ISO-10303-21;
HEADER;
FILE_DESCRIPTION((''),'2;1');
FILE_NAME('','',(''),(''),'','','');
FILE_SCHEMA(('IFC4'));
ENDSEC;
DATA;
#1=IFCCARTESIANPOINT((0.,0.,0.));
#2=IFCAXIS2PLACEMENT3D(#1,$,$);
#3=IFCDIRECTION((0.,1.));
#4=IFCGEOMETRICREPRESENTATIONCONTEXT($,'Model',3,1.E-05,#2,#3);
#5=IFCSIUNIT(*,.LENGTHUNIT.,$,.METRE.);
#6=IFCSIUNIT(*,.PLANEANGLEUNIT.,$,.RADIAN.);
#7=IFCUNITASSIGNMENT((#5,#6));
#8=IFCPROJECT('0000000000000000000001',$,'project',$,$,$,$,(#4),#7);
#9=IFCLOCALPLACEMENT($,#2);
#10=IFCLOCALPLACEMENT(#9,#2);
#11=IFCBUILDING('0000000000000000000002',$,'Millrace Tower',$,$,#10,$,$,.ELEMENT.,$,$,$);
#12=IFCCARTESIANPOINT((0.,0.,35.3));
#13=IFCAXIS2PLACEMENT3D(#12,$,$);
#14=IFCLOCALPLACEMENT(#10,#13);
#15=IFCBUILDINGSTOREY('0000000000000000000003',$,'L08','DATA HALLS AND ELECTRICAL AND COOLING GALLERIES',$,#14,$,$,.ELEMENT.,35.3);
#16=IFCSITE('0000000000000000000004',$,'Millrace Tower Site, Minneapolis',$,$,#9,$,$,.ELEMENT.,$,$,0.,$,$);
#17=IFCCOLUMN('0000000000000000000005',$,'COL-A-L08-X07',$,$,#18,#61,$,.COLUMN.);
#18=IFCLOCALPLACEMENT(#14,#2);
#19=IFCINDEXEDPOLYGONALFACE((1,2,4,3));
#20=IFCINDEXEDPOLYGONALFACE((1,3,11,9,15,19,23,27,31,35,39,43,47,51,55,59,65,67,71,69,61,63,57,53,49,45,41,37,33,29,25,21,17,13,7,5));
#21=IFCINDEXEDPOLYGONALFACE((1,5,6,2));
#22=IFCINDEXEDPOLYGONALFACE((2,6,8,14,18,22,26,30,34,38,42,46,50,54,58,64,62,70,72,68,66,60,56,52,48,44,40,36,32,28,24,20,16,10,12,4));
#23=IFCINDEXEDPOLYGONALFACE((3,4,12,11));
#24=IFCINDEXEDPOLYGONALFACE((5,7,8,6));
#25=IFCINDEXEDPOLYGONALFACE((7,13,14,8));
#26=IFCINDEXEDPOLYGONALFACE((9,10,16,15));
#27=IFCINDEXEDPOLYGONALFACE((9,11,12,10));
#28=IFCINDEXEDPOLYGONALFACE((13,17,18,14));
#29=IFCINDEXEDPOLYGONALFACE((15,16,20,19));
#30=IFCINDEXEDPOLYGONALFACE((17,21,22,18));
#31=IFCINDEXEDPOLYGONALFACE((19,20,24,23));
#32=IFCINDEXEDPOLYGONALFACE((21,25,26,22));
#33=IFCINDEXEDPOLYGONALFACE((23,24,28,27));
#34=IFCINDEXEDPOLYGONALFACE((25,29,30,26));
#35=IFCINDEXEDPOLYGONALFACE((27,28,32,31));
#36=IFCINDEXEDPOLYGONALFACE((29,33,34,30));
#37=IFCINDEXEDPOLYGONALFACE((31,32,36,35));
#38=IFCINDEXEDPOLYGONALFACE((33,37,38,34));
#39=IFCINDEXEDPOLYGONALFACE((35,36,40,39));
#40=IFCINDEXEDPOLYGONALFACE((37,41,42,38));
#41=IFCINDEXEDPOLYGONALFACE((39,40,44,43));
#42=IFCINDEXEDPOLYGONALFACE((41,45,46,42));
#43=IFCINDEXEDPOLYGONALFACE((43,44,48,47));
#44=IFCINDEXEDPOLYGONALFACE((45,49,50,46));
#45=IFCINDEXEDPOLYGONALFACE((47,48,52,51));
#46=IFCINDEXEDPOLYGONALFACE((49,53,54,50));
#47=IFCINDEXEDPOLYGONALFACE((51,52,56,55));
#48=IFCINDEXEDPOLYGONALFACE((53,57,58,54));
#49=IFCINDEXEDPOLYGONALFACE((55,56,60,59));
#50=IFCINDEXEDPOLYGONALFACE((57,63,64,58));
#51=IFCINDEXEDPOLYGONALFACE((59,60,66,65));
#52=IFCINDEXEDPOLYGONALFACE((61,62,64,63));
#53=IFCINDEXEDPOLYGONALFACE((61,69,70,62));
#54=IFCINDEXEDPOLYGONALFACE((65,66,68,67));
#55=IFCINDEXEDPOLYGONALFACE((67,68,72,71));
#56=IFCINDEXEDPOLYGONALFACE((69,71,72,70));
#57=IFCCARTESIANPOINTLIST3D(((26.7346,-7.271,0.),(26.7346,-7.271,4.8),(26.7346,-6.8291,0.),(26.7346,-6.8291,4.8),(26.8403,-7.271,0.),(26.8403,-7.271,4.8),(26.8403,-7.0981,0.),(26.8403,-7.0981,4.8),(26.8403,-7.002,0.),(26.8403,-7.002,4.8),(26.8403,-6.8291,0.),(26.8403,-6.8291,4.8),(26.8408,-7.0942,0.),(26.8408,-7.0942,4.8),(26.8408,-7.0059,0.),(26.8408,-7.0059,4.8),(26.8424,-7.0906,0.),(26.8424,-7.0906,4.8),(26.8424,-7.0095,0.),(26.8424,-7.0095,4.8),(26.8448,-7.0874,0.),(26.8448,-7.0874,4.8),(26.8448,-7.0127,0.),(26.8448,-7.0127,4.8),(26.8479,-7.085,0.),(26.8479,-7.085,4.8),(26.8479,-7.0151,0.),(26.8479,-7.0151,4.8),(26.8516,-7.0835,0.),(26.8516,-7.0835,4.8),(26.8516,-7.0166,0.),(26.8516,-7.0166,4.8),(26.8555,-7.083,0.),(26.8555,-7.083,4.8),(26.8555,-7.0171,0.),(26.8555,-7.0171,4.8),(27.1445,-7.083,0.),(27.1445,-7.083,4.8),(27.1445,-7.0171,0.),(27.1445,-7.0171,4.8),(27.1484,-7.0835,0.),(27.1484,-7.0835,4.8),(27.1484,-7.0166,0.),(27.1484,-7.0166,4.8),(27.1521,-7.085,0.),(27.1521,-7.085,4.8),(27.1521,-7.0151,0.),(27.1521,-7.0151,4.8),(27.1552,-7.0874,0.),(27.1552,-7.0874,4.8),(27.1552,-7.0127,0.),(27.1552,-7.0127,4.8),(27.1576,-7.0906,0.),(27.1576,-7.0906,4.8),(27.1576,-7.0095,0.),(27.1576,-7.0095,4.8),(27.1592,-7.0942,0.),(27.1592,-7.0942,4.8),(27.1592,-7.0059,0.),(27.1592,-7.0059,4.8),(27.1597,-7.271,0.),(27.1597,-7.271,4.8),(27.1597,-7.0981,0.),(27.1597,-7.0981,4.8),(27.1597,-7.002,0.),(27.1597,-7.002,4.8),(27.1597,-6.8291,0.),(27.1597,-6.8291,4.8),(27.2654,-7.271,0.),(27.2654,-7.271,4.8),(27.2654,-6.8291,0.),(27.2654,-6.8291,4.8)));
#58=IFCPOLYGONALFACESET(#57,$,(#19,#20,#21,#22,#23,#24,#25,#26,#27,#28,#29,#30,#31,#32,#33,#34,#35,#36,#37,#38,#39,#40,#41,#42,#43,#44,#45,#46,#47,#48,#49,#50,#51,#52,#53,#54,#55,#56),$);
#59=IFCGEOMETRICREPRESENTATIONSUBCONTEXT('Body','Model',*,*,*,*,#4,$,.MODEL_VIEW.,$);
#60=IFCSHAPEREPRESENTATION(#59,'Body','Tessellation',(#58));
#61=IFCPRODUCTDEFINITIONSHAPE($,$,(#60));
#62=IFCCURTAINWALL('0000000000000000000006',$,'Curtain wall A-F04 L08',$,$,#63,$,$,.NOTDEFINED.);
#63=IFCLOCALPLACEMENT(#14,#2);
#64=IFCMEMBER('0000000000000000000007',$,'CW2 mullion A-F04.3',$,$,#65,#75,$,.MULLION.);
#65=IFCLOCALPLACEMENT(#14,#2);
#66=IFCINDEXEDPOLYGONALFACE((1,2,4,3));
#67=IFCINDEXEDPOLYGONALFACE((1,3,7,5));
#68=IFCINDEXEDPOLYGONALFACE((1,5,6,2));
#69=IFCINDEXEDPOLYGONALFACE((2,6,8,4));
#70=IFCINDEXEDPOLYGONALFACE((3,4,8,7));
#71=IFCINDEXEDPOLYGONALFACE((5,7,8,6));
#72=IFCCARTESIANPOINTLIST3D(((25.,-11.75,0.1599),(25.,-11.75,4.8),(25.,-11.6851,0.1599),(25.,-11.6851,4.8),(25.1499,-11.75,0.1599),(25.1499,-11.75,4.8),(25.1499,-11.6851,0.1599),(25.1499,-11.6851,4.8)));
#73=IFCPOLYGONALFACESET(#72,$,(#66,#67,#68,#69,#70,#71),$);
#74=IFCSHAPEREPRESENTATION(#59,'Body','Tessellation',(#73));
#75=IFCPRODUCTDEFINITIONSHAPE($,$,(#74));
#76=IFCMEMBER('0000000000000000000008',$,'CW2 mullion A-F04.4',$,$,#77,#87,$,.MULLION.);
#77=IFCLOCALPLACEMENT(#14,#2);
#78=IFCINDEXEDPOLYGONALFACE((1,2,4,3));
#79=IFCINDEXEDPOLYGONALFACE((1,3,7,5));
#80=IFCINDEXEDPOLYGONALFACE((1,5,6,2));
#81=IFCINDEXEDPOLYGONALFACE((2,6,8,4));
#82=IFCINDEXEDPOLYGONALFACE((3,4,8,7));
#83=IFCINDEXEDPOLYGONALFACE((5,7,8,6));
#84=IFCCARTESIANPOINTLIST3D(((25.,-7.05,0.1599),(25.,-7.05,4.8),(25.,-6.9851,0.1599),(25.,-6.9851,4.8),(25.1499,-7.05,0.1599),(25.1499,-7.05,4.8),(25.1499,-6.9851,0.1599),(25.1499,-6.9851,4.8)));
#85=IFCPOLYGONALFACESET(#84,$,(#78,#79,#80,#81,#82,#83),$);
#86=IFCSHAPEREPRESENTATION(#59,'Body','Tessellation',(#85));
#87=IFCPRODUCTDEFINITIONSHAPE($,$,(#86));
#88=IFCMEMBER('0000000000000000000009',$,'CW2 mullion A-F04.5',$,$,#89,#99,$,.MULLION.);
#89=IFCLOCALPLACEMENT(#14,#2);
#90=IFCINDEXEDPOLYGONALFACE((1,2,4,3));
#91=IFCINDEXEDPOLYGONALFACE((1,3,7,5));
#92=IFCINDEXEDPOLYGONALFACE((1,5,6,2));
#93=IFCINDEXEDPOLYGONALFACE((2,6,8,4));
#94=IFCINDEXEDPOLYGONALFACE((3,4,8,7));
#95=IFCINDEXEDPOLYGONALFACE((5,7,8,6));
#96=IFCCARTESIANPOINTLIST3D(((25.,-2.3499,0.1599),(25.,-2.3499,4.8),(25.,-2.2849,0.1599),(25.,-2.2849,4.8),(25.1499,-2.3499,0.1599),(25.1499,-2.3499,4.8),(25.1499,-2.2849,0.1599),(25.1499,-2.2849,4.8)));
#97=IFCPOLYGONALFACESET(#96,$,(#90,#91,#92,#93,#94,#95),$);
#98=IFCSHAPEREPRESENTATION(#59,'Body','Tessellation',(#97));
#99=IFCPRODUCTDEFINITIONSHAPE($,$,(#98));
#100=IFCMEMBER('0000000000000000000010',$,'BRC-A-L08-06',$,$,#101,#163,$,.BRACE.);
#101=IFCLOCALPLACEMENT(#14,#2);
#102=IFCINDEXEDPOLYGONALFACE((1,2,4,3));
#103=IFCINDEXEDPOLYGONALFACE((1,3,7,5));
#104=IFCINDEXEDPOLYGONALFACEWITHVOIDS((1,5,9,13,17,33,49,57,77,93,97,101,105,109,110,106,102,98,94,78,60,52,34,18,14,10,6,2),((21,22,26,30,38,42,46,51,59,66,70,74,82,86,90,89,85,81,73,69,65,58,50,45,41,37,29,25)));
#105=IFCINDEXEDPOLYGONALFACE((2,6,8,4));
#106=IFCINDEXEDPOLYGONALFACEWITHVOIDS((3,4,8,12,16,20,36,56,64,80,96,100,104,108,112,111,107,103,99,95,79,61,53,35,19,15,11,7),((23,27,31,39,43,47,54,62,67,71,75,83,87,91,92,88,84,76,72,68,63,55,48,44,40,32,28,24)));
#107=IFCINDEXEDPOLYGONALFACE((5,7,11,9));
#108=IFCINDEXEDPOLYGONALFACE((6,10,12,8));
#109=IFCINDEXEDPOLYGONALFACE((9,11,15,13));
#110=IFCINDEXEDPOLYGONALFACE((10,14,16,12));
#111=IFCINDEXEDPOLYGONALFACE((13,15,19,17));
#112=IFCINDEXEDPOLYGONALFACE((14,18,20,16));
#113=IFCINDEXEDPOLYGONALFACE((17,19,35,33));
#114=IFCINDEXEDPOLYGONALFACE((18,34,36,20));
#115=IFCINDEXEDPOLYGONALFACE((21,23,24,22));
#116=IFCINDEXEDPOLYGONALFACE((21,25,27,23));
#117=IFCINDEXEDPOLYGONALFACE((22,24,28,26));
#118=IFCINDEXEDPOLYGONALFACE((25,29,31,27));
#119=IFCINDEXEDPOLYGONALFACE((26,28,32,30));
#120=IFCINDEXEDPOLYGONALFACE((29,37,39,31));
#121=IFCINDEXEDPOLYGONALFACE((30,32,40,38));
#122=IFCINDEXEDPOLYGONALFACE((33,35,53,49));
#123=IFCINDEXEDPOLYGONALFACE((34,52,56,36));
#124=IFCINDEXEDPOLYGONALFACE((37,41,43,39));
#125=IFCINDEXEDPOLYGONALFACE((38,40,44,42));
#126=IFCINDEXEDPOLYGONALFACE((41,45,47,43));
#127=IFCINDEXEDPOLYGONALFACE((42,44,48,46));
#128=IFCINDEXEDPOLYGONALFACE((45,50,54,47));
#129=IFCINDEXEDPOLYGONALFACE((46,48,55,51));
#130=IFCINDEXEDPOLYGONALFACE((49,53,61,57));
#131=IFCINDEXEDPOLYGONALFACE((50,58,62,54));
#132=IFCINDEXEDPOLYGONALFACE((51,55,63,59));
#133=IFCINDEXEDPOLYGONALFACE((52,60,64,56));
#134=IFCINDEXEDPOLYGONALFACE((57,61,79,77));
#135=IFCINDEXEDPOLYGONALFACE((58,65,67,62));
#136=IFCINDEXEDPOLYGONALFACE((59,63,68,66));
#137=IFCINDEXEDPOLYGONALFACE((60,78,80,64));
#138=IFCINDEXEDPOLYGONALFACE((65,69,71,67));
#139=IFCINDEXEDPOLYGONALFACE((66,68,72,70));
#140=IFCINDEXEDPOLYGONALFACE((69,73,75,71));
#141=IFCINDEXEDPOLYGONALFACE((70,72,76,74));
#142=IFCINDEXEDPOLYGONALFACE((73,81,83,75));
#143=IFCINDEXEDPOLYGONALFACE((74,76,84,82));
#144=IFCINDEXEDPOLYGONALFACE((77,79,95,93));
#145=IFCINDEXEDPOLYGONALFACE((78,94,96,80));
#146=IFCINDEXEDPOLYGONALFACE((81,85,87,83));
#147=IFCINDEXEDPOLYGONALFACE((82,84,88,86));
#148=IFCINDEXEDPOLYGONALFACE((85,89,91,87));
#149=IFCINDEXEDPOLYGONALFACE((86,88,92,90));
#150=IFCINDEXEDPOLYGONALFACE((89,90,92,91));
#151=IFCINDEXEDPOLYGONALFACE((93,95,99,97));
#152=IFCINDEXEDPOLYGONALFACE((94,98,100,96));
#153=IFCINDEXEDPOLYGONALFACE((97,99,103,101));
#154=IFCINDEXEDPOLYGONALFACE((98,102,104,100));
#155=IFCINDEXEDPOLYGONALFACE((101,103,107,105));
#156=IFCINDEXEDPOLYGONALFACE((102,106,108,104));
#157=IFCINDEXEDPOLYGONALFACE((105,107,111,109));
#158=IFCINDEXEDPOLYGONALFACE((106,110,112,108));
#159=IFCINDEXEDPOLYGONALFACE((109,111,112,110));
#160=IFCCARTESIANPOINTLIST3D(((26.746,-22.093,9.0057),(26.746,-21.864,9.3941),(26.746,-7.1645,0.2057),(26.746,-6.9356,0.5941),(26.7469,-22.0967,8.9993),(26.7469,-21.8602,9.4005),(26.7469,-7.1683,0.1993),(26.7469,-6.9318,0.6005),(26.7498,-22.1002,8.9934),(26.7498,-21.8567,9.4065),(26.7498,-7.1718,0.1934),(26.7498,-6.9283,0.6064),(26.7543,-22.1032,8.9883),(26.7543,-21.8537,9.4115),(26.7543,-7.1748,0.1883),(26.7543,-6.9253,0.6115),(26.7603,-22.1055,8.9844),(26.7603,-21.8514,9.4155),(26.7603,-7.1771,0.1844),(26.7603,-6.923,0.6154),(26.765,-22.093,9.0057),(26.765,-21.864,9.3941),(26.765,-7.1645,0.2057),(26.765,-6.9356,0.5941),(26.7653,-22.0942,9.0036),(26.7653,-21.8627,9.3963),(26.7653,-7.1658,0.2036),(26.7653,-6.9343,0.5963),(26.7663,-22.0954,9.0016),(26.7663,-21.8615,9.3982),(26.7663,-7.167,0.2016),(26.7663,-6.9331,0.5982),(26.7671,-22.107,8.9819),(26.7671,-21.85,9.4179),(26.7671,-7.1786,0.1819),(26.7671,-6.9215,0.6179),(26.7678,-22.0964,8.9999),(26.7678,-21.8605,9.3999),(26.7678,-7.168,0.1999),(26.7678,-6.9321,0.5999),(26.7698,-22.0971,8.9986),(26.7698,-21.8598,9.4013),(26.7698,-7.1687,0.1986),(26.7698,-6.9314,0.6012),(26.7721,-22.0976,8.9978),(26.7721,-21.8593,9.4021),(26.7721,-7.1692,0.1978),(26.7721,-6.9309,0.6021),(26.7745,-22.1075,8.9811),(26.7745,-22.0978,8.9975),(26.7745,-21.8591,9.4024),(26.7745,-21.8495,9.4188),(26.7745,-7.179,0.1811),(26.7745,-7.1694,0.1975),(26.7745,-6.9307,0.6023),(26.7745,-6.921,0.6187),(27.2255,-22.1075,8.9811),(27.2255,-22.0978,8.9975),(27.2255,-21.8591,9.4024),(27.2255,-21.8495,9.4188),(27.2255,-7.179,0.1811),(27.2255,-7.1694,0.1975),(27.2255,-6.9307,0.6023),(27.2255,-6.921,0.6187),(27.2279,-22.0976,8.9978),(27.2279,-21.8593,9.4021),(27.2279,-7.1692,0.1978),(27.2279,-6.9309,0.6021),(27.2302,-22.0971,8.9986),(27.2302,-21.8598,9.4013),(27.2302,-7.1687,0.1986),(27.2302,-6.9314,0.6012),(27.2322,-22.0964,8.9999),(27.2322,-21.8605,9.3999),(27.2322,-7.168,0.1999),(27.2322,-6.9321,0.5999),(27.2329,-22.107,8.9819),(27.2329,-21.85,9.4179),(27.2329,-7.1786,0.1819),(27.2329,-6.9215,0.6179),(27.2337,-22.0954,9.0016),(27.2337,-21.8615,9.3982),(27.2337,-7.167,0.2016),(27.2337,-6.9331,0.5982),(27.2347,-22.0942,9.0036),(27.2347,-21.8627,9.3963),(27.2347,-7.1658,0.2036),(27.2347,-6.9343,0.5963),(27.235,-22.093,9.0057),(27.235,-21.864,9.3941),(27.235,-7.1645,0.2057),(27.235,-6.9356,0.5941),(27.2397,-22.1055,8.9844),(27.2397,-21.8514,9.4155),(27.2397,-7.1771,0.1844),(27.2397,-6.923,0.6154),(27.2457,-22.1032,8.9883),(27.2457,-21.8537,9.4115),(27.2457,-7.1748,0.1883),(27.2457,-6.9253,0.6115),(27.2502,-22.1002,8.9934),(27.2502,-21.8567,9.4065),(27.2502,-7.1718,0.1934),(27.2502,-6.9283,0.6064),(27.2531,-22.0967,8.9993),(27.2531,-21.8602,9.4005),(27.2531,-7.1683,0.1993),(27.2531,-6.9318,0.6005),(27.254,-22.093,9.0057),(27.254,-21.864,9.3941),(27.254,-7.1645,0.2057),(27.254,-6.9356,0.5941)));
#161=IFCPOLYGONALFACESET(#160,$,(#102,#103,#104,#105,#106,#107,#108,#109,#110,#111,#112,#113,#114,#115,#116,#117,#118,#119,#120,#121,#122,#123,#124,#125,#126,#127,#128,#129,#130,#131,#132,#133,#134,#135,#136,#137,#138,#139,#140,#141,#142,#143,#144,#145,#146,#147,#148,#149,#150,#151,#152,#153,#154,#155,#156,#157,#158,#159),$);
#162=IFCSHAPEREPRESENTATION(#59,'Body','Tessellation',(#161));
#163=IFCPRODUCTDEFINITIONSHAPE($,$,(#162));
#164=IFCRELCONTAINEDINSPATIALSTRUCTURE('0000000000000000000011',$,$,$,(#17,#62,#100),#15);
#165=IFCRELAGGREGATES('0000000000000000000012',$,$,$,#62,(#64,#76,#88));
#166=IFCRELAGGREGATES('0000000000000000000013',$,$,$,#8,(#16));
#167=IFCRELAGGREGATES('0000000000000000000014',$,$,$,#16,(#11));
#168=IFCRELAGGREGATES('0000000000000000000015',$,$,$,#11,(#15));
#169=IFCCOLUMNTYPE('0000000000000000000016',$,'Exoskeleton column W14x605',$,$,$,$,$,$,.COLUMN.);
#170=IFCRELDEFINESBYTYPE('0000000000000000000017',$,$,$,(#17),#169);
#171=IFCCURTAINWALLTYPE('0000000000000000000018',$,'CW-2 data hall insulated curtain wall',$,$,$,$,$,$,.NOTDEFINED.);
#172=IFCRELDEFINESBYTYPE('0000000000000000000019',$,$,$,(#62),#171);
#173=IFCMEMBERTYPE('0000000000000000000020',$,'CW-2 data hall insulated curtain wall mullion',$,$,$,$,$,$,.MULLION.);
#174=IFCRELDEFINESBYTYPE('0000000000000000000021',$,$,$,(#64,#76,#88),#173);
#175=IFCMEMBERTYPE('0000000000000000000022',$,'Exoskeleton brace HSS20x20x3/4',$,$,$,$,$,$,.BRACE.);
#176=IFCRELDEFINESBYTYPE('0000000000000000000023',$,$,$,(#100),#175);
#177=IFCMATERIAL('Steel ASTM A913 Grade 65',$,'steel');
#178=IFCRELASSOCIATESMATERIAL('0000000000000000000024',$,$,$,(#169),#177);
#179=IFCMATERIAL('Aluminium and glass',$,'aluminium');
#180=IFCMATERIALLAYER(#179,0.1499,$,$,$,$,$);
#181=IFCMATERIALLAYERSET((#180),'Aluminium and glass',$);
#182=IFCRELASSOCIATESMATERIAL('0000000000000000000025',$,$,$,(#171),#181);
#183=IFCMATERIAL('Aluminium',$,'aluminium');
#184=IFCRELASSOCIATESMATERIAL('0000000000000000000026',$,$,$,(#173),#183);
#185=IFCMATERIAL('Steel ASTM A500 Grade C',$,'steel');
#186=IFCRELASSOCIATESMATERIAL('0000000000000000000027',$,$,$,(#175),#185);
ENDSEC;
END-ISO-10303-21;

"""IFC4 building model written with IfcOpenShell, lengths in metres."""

from ifc_helpers import new_model, si_unit, direction, frame, origin, origin_2d, place, context, subcontext, project, spatial, rectangle, hollow_rectangle, i_section, extrude, material, layer, layer_set, material_profile, profile_set, type_object, element, aggregate, save


model = new_model("IFC4")

# Units and contexts
model_context = context("Model", 3, precision=1e-05, world=origin(), true_north=direction((0.0, 1.0)))
body_context = subcontext(model_context, "Body", "Model", "MODEL_VIEW")
ifc_project = project(units=[si_unit("LENGTHUNIT", "METRE"), si_unit("PLANEANGLEUNIT", "RADIAN")], contexts=[model_context])

# Site, building, storey
site_placement = place(None, origin())
site = spatial("IfcSite", under=ifc_project, at=site_placement, Name="Millrace Tower Site, Minneapolis", CompositionType="ELEMENT", RefElevation=0.0)
building_placement = place(site_placement, origin())
building = spatial("IfcBuilding", under=site, at=building_placement, Name="Millrace Tower", CompositionType="ELEMENT")
storey_placement = place(building_placement, frame((0.0, 0.0, 35.3)))
storey = spatial("IfcBuildingStorey", under=building, at=storey_placement, Name="L08", Description="DATA HALLS AND ELECTRICAL AND COOLING GALLERIES", CompositionType="ELEMENT", Elevation=35.3)

# Column
ifc_material_1 = material(Name="Steel ASTM A913 Grade 65", Category="steel")
ifc_material_profile_1 = material_profile(ifc_material_1, i_section(OverallWidth=0.4419, OverallDepth=0.5308, WebThickness=0.0659, FlangeThickness=0.1057, FilletRadius=0.0151, at=origin_2d()))
ifc_profile_set_1 = profile_set([ifc_material_profile_1], Name="Steel ASTM A913 Grade 65")
column_type = type_object("IfcColumnType", Name="Exoskeleton column W14x605", PredefinedType="COLUMN", material=ifc_profile_set_1)
column_placement = place(storey_placement, frame((27.0, -7.05, 0.0), z_axis=(0.0, 0.0, 1.0), x_axis=(0.0, 1.0, 0.0)))
element("IfcColumn", 1, at=column_placement, inside=storey, type_object=column_type, Name="COL-A-L08-X07", PredefinedType="COLUMN", context=body_context, shape_type="SweptSolid", body=[
    extrude(i_section(OverallWidth=0.4419, OverallDepth=0.5308, WebThickness=0.0659, FlangeThickness=0.1057, FilletRadius=0.0151, at=origin_2d()), origin(), (0.0, 0.0, 1.0), 4.8),
])

# Curtain wall, members
ifc_material_2 = material(Name="Aluminium and glass", Category="aluminium")
ifc_layer_1 = layer(ifc_material_2, 0.1499)
ifc_layer_set_1 = layer_set([ifc_layer_1], Name="Aluminium and glass")
curtain_wall_type = type_object("IfcCurtainWallType", Name="CW-2 data hall insulated curtain wall", PredefinedType="NOTDEFINED", material=ifc_layer_set_1)
curtain_wall_placement = place(storey_placement, origin())
curtain_wall = element("IfcCurtainWall", 2, at=curtain_wall_placement, inside=storey, type_object=curtain_wall_type, Name="Curtain wall A-F04 L08", PredefinedType="NOTDEFINED")
ifc_material_3 = material(Name="Aluminium", Category="aluminium")
ifc_material_profile_2 = material_profile(ifc_material_3, rectangle(XDim=0.0649, YDim=0.1499, at=origin_2d()))
ifc_profile_set_2 = profile_set([ifc_material_profile_2], Name="Aluminium")
member_type_1 = type_object("IfcMemberType", Name="CW-2 data hall insulated curtain wall mullion", PredefinedType="MULLION", material=ifc_profile_set_2)
member_1_placement = place(storey_placement, frame((25.075, -11.7175, 0.1599), z_axis=(0.0, 0.0, 1.0), x_axis=(0.0, 1.0, 0.0)))
member_1 = element("IfcMember", 3, at=member_1_placement, type_object=member_type_1, Name="CW2 mullion A-F04.3", PredefinedType="MULLION", context=body_context, shape_type="SweptSolid", body=[
    extrude(rectangle(XDim=0.0649, YDim=0.1499, at=origin_2d()), origin(), (0.0, 0.0, 1.0), 4.6401),
])
member_2_placement = place(storey_placement, frame((25.075, -7.0176, 0.1599), z_axis=(0.0, 0.0, 1.0), x_axis=(0.0, 1.0, 0.0)))
member_2 = element("IfcMember", 4, at=member_2_placement, type_object=member_type_1, Name="CW2 mullion A-F04.4", PredefinedType="MULLION", context=body_context, shape_type="SweptSolid", body=[
    extrude(rectangle(XDim=0.0649, YDim=0.1499, at=origin_2d()), origin(), (0.0, 0.0, 1.0), 4.6401),
])
member_3_placement = place(storey_placement, frame((25.075, -2.3174, 0.1599), z_axis=(0.0, 0.0, 1.0), x_axis=(0.0, 1.0, 0.0)))
member_3 = element("IfcMember", 5, at=member_3_placement, type_object=member_type_1, Name="CW2 mullion A-F04.5", PredefinedType="MULLION", context=body_context, shape_type="SweptSolid", body=[
    extrude(rectangle(XDim=0.0649, YDim=0.1499, at=origin_2d()), origin(), (0.0, 0.0, 1.0), 4.6401),
])
aggregate(curtain_wall, [member_1, member_2, member_3])

# Member
ifc_material_4 = material(Name="Steel ASTM A500 Grade C", Category="steel")
ifc_material_profile_3 = material_profile(ifc_material_4, hollow_rectangle(XDim=0.5081, YDim=0.5081, WallThickness=0.019, InnerFilletRadius=0.0095, OuterFilletRadius=0.0286, at=origin_2d()))
ifc_profile_set_3 = profile_set([ifc_material_profile_3], Name="Steel ASTM A500 Grade C")
member_type_2 = type_object("IfcMemberType", Name="Exoskeleton brace HSS20x20x3/4", PredefinedType="BRACE", material=ifc_profile_set_3)
member_4_placement = place(storey_placement, frame((27.0, -7.05, 0.3999), z_axis=(0.0, -0.861465, 0.507817), x_axis=(1.0, 0.0, 0.0)))
element("IfcMember", 6, at=member_4_placement, inside=storey, type_object=member_type_2, Name="BRC-A-L08-06", PredefinedType="BRACE", context=body_context, shape_type="SweptSolid", body=[
    extrude(hollow_rectangle(XDim=0.5081, YDim=0.5081, WallThickness=0.019, InnerFilletRadius=0.0095, OuterFilletRadius=0.0286, at=origin_2d()), origin(), (0.0, 0.0, 1.0), 17.3291),
])

save(model, "model.ifc")
